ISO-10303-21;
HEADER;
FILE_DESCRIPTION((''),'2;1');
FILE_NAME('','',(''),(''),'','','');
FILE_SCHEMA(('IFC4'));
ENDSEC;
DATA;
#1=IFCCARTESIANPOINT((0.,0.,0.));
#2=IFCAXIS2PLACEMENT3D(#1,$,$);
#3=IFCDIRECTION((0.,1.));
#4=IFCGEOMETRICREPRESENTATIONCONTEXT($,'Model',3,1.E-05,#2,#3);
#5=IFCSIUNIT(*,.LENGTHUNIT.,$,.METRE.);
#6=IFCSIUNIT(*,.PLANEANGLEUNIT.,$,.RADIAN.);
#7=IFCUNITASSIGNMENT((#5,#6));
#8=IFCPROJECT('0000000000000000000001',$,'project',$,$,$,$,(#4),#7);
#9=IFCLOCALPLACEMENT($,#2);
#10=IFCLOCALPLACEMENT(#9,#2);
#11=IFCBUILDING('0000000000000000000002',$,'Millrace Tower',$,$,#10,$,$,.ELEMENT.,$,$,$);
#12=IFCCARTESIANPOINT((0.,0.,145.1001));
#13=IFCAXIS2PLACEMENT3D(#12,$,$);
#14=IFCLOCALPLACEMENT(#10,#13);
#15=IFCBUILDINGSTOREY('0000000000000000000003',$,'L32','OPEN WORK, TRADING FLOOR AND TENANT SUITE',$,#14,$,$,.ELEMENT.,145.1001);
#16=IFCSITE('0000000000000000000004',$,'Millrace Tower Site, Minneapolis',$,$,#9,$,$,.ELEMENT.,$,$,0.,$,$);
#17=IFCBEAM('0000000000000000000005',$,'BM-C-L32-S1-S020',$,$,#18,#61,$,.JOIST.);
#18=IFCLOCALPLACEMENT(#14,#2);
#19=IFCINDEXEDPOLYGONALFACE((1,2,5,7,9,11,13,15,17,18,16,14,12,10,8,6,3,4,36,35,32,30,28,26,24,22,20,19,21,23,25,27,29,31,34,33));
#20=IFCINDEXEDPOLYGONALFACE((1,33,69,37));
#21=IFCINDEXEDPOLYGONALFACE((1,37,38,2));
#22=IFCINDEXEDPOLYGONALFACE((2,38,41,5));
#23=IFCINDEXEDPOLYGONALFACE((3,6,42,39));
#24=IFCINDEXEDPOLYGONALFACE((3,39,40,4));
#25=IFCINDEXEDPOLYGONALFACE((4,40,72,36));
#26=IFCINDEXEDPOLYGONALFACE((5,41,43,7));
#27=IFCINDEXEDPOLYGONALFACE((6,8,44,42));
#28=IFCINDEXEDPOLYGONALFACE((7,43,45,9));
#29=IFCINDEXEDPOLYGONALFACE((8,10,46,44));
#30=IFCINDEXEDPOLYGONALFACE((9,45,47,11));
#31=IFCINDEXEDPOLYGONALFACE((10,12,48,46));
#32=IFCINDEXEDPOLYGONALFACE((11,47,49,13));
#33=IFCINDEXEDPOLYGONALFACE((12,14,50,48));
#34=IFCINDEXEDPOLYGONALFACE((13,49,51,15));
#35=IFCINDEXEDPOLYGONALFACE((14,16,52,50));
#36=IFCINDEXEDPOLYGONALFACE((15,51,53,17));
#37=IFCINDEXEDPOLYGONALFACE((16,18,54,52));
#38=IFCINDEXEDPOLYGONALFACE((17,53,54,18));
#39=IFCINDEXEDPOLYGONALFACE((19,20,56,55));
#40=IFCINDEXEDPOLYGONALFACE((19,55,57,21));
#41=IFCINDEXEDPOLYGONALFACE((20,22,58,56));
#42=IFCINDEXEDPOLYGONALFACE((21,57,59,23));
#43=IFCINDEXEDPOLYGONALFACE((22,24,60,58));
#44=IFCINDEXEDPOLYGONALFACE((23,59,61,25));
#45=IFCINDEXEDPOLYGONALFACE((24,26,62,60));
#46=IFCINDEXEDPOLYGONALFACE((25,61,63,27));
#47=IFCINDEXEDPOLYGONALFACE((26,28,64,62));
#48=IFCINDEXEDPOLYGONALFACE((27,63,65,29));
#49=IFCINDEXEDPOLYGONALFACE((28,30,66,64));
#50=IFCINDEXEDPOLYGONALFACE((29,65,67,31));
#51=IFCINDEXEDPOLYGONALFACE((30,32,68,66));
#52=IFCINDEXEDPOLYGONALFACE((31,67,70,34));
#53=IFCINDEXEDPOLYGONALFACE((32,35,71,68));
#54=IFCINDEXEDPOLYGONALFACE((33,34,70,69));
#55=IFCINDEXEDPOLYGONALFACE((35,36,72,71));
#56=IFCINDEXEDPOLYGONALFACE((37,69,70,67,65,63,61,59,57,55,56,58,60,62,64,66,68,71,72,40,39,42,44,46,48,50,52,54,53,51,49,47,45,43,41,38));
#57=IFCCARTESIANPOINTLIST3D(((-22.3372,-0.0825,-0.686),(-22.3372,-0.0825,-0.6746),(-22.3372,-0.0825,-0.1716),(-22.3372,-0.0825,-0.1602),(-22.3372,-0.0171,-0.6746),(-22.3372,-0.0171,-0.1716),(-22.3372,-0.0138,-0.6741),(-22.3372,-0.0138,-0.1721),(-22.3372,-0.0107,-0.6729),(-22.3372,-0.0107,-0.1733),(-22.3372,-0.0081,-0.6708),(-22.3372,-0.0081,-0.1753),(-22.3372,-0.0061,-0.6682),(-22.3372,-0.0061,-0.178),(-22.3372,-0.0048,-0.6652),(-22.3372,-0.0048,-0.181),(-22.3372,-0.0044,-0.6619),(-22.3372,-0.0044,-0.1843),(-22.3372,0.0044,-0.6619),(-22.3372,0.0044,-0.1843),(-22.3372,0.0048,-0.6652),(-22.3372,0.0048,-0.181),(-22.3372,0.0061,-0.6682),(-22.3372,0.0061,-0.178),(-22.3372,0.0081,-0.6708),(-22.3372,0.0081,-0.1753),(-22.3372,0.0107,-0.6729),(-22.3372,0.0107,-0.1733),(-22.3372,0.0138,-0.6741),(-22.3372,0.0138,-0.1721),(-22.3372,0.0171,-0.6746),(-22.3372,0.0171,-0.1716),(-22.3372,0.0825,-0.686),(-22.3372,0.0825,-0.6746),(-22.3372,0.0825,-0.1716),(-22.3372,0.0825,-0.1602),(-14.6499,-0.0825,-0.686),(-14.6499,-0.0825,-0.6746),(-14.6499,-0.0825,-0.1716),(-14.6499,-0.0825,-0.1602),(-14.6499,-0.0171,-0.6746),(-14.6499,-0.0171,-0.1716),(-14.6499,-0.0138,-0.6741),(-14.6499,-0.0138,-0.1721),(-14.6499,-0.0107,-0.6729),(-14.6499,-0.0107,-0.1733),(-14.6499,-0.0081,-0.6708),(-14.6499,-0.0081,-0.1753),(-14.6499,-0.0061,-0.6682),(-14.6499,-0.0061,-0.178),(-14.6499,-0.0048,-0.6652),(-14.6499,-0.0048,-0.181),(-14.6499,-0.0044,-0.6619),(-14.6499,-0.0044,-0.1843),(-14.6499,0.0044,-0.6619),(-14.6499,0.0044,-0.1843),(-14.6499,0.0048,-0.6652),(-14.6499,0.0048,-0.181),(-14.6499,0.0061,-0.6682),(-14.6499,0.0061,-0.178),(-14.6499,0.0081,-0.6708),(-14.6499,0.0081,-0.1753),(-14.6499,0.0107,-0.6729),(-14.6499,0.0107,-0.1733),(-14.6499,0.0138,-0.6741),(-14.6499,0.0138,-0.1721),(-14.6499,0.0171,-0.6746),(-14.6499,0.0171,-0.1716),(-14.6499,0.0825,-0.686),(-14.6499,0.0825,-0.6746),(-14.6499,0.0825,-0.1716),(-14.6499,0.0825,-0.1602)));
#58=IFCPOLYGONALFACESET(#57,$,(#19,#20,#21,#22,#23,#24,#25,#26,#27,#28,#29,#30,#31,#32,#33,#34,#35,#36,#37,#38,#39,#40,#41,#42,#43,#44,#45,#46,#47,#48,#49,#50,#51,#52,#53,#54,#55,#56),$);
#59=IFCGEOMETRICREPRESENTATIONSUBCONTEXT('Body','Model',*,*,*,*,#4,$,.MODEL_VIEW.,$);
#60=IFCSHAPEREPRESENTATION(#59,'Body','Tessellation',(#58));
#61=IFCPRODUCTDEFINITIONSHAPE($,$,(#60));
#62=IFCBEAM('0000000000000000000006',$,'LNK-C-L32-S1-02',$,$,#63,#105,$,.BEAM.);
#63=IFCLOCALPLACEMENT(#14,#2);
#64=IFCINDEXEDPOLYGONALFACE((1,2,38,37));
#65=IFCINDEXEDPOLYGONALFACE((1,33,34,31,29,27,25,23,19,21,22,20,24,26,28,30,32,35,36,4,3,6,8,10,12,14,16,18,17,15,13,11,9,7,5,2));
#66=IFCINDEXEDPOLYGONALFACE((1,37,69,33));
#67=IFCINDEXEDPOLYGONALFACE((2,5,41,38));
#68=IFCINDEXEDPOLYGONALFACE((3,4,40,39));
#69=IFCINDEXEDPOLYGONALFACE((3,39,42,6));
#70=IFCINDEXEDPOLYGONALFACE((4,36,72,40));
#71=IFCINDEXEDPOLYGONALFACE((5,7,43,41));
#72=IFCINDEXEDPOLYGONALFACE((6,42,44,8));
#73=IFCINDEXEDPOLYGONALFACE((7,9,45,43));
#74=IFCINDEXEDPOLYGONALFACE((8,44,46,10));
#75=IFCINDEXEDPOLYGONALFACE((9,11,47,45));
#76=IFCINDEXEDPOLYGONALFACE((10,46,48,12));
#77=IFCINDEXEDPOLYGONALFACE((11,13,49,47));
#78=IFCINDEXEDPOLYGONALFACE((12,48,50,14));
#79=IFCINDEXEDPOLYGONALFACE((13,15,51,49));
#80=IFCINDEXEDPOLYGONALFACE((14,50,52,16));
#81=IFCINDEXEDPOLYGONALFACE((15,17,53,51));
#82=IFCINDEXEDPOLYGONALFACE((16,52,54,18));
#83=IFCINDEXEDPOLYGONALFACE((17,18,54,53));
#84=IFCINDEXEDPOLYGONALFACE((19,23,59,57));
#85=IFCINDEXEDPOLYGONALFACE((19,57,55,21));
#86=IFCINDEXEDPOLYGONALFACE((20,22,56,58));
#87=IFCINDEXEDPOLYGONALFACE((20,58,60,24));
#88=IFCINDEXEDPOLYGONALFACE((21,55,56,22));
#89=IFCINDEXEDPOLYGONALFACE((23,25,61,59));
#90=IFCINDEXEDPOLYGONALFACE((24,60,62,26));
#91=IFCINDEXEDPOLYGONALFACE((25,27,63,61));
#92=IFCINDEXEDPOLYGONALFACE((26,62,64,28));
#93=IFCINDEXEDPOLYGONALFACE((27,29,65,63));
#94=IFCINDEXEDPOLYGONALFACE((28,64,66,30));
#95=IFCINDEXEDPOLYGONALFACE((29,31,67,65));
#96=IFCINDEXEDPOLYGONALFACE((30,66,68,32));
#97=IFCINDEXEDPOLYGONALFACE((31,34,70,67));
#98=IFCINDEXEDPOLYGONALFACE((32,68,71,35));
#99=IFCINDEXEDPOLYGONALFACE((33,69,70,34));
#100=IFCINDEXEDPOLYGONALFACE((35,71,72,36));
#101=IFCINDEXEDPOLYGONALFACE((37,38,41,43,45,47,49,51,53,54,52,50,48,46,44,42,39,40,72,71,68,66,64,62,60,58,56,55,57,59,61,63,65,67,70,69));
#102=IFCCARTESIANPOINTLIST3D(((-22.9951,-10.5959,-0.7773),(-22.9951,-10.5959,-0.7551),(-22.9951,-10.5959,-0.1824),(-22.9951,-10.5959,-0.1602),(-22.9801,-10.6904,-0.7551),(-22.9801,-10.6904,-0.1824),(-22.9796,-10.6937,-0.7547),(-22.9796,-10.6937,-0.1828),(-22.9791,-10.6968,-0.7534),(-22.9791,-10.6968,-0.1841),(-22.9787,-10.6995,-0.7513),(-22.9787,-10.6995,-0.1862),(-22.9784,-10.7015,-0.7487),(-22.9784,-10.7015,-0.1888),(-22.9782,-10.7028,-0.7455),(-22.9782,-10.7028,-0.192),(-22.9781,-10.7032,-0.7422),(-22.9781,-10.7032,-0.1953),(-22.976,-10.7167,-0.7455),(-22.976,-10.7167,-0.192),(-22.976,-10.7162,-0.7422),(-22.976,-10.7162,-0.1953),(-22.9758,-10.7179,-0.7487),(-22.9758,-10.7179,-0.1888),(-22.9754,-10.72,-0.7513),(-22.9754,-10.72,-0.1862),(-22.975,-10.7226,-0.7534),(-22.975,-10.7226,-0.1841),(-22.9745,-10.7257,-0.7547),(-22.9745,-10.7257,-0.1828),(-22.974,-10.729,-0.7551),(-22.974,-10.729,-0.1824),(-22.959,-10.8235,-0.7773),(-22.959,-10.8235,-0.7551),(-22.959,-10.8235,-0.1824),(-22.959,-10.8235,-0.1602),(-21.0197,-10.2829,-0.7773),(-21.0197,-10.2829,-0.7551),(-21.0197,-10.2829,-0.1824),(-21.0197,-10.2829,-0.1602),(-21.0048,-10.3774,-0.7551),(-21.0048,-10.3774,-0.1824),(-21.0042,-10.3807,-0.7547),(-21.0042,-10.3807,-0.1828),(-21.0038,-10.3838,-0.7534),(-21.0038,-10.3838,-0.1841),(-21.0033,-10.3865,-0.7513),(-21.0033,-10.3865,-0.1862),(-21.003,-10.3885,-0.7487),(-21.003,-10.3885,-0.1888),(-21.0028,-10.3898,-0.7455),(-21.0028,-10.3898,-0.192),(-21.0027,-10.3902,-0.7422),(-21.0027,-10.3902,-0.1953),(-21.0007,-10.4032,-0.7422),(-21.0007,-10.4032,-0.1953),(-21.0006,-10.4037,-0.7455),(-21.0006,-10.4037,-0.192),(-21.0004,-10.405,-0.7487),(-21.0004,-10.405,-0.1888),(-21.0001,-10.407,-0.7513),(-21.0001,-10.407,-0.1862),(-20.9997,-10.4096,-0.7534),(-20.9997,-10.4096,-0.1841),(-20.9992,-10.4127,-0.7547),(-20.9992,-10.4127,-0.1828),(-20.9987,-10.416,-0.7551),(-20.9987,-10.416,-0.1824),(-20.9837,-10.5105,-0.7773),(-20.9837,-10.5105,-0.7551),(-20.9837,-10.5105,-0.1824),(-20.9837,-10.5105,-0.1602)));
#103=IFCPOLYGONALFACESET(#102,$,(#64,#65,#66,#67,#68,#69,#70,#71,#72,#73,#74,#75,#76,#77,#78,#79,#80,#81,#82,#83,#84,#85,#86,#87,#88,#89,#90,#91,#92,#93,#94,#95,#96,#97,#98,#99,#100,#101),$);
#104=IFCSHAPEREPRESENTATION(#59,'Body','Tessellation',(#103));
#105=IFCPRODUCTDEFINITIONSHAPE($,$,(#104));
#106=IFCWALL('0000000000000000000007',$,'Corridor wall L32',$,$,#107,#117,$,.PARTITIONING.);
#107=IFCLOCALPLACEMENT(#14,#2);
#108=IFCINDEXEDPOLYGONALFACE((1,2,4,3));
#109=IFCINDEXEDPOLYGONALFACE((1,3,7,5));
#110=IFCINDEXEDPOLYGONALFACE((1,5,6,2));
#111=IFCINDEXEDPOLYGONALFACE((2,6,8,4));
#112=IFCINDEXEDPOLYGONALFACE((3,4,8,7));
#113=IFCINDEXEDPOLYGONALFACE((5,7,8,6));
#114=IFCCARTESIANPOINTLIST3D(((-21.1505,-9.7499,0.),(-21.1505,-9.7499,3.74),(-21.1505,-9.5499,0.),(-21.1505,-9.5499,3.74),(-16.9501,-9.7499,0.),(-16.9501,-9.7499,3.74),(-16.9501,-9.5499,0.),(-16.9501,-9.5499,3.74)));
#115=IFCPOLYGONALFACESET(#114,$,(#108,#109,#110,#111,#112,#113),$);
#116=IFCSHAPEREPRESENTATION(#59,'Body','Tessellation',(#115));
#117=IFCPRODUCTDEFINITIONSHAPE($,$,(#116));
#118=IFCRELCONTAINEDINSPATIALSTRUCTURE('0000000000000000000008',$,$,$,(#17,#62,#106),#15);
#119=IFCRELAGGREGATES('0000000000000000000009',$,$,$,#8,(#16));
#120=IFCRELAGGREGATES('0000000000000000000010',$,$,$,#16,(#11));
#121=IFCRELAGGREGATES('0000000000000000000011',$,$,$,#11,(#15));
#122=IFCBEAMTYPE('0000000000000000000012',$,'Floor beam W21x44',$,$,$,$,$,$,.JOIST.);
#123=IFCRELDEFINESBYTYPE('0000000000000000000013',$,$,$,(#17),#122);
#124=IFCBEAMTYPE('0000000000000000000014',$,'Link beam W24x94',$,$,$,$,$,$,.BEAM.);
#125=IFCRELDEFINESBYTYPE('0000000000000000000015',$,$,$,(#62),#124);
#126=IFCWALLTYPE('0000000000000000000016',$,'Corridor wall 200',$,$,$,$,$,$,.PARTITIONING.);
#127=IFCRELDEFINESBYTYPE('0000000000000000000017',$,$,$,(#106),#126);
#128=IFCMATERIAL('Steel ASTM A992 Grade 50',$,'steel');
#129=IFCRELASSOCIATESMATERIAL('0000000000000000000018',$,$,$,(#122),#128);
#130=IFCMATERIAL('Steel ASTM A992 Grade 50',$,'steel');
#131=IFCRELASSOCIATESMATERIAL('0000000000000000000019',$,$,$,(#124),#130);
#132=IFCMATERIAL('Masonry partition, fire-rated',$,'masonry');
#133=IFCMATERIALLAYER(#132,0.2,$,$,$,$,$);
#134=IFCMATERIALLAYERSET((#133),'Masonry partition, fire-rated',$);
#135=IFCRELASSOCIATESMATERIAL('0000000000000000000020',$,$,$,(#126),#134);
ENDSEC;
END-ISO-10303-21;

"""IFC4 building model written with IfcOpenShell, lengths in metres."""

from ifc_helpers import new_model, si_unit, direction, frame, frame_2d, origin, origin_2d, place, context, subcontext, project, spatial, rectangle, i_section, extrude, material, layer, layer_set, material_profile, profile_set, type_object, element, save


model = new_model("IFC4")

# Units and contexts
model_context = context("Model", 3, precision=1e-05, world=origin(), true_north=direction((0.0, 1.0)))
body_context = subcontext(model_context, "Body", "Model", "MODEL_VIEW")
ifc_project = project(units=[si_unit("LENGTHUNIT", "METRE"), si_unit("PLANEANGLEUNIT", "RADIAN")], contexts=[model_context])

# Site, building, storey
site_placement = place(None, origin())
site = spatial("IfcSite", under=ifc_project, at=site_placement, Name="Millrace Tower Site, Minneapolis", CompositionType="ELEMENT", RefElevation=0.0)
building_placement = place(site_placement, origin())
building = spatial("IfcBuilding", under=site, at=building_placement, Name="Millrace Tower", CompositionType="ELEMENT")
storey_placement = place(building_placement, frame((0.0, 0.0, 145.1001)))
storey = spatial("IfcBuildingStorey", under=building, at=storey_placement, Name="L32", Description="OPEN WORK, TRADING FLOOR AND TENANT SUITE", CompositionType="ELEMENT", Elevation=145.1001)

# Beams
ifc_material_1 = material(Name="Steel ASTM A992 Grade 50", Category="steel")
ifc_material_profile_1 = material_profile(ifc_material_1, i_section(OverallWidth=0.165, OverallDepth=0.5259, WebThickness=0.0088, FlangeThickness=0.0115, FilletRadius=0.0127, at=origin_2d()))
ifc_profile_set_1 = profile_set([ifc_material_profile_1], Name="Steel ASTM A992 Grade 50")
beam_type_1 = type_object("IfcBeamType", Name="Floor beam W21x44", PredefinedType="JOIST", material=ifc_profile_set_1)
beam_1_placement = place(storey_placement, frame((-22.3372, 0.0, -0.4231), z_axis=(1.0, 0.0, 0.0), x_axis=(0.0, 1.0, 0.0)))
element("IfcBeam", 1, at=beam_1_placement, inside=storey, type_object=beam_type_1, Name="BM-C-L32-S1-S020", PredefinedType="JOIST", context=body_context, shape_type="SweptSolid", body=[
    extrude(i_section(OverallWidth=0.165, OverallDepth=0.5259, WebThickness=0.0088, FlangeThickness=0.0115, FilletRadius=0.0127, at=origin_2d()), origin(), (0.0, 0.0, 1.0), 7.6873),
])
ifc_material_2 = material(Name="Steel ASTM A992 Grade 50", Category="steel")
ifc_material_profile_2 = material_profile(ifc_material_2, i_section(OverallWidth=0.2305, OverallDepth=0.6172, WebThickness=0.0132, FlangeThickness=0.0222, FilletRadius=0.0129, at=origin_2d()))
ifc_profile_set_2 = profile_set([ifc_material_profile_2], Name="Steel ASTM A992 Grade 50")
beam_type_2 = type_object("IfcBeamType", Name="Link beam W24x94", PredefinedType="BEAM", material=ifc_profile_set_2)
beam_2_placement = place(storey_placement, frame((-21.0017, -10.3967, -0.4688), z_axis=(-0.987679, -0.156495, 0.0), x_axis=(0.156495, -0.987679, 0.0)))
element("IfcBeam", 2, at=beam_2_placement, inside=storey, type_object=beam_type_2, Name="LNK-C-L32-S1-02", PredefinedType="BEAM", context=body_context, shape_type="SweptSolid", body=[
    extrude(i_section(OverallWidth=0.2305, OverallDepth=0.6172, WebThickness=0.0132, FlangeThickness=0.0222, FilletRadius=0.0129, at=origin_2d()), origin(), (0.0, 0.0, 1.0), 2.0),
])

# Wall
ifc_material_3 = material(Name="Masonry partition, fire-rated", Category="masonry")
ifc_layer_1 = layer(ifc_material_3, 0.2)
ifc_layer_set_1 = layer_set([ifc_layer_1], Name="Masonry partition, fire-rated")
wall_type = type_object("IfcWallType", Name="Corridor wall 200", PredefinedType="PARTITIONING", material=ifc_layer_set_1)
wall_placement = place(storey_placement, frame((-21.1504, -9.6499, 0.0), z_axis=(0.0, 0.0, 1.0), x_axis=(1.0, 0.0, 0.0)))
element("IfcWall", 3, at=wall_placement, inside=storey, type_object=wall_type, Name="Corridor wall L32", PredefinedType="PARTITIONING", context=body_context, shape_type="SweptSolid", body=[
    extrude(rectangle(XDim=4.2004, YDim=0.2, at=frame_2d((2.1001, 0.0))), origin(), (0.0, 0.0, 1.0), 3.74),
])

save(model, "model.ifc")
